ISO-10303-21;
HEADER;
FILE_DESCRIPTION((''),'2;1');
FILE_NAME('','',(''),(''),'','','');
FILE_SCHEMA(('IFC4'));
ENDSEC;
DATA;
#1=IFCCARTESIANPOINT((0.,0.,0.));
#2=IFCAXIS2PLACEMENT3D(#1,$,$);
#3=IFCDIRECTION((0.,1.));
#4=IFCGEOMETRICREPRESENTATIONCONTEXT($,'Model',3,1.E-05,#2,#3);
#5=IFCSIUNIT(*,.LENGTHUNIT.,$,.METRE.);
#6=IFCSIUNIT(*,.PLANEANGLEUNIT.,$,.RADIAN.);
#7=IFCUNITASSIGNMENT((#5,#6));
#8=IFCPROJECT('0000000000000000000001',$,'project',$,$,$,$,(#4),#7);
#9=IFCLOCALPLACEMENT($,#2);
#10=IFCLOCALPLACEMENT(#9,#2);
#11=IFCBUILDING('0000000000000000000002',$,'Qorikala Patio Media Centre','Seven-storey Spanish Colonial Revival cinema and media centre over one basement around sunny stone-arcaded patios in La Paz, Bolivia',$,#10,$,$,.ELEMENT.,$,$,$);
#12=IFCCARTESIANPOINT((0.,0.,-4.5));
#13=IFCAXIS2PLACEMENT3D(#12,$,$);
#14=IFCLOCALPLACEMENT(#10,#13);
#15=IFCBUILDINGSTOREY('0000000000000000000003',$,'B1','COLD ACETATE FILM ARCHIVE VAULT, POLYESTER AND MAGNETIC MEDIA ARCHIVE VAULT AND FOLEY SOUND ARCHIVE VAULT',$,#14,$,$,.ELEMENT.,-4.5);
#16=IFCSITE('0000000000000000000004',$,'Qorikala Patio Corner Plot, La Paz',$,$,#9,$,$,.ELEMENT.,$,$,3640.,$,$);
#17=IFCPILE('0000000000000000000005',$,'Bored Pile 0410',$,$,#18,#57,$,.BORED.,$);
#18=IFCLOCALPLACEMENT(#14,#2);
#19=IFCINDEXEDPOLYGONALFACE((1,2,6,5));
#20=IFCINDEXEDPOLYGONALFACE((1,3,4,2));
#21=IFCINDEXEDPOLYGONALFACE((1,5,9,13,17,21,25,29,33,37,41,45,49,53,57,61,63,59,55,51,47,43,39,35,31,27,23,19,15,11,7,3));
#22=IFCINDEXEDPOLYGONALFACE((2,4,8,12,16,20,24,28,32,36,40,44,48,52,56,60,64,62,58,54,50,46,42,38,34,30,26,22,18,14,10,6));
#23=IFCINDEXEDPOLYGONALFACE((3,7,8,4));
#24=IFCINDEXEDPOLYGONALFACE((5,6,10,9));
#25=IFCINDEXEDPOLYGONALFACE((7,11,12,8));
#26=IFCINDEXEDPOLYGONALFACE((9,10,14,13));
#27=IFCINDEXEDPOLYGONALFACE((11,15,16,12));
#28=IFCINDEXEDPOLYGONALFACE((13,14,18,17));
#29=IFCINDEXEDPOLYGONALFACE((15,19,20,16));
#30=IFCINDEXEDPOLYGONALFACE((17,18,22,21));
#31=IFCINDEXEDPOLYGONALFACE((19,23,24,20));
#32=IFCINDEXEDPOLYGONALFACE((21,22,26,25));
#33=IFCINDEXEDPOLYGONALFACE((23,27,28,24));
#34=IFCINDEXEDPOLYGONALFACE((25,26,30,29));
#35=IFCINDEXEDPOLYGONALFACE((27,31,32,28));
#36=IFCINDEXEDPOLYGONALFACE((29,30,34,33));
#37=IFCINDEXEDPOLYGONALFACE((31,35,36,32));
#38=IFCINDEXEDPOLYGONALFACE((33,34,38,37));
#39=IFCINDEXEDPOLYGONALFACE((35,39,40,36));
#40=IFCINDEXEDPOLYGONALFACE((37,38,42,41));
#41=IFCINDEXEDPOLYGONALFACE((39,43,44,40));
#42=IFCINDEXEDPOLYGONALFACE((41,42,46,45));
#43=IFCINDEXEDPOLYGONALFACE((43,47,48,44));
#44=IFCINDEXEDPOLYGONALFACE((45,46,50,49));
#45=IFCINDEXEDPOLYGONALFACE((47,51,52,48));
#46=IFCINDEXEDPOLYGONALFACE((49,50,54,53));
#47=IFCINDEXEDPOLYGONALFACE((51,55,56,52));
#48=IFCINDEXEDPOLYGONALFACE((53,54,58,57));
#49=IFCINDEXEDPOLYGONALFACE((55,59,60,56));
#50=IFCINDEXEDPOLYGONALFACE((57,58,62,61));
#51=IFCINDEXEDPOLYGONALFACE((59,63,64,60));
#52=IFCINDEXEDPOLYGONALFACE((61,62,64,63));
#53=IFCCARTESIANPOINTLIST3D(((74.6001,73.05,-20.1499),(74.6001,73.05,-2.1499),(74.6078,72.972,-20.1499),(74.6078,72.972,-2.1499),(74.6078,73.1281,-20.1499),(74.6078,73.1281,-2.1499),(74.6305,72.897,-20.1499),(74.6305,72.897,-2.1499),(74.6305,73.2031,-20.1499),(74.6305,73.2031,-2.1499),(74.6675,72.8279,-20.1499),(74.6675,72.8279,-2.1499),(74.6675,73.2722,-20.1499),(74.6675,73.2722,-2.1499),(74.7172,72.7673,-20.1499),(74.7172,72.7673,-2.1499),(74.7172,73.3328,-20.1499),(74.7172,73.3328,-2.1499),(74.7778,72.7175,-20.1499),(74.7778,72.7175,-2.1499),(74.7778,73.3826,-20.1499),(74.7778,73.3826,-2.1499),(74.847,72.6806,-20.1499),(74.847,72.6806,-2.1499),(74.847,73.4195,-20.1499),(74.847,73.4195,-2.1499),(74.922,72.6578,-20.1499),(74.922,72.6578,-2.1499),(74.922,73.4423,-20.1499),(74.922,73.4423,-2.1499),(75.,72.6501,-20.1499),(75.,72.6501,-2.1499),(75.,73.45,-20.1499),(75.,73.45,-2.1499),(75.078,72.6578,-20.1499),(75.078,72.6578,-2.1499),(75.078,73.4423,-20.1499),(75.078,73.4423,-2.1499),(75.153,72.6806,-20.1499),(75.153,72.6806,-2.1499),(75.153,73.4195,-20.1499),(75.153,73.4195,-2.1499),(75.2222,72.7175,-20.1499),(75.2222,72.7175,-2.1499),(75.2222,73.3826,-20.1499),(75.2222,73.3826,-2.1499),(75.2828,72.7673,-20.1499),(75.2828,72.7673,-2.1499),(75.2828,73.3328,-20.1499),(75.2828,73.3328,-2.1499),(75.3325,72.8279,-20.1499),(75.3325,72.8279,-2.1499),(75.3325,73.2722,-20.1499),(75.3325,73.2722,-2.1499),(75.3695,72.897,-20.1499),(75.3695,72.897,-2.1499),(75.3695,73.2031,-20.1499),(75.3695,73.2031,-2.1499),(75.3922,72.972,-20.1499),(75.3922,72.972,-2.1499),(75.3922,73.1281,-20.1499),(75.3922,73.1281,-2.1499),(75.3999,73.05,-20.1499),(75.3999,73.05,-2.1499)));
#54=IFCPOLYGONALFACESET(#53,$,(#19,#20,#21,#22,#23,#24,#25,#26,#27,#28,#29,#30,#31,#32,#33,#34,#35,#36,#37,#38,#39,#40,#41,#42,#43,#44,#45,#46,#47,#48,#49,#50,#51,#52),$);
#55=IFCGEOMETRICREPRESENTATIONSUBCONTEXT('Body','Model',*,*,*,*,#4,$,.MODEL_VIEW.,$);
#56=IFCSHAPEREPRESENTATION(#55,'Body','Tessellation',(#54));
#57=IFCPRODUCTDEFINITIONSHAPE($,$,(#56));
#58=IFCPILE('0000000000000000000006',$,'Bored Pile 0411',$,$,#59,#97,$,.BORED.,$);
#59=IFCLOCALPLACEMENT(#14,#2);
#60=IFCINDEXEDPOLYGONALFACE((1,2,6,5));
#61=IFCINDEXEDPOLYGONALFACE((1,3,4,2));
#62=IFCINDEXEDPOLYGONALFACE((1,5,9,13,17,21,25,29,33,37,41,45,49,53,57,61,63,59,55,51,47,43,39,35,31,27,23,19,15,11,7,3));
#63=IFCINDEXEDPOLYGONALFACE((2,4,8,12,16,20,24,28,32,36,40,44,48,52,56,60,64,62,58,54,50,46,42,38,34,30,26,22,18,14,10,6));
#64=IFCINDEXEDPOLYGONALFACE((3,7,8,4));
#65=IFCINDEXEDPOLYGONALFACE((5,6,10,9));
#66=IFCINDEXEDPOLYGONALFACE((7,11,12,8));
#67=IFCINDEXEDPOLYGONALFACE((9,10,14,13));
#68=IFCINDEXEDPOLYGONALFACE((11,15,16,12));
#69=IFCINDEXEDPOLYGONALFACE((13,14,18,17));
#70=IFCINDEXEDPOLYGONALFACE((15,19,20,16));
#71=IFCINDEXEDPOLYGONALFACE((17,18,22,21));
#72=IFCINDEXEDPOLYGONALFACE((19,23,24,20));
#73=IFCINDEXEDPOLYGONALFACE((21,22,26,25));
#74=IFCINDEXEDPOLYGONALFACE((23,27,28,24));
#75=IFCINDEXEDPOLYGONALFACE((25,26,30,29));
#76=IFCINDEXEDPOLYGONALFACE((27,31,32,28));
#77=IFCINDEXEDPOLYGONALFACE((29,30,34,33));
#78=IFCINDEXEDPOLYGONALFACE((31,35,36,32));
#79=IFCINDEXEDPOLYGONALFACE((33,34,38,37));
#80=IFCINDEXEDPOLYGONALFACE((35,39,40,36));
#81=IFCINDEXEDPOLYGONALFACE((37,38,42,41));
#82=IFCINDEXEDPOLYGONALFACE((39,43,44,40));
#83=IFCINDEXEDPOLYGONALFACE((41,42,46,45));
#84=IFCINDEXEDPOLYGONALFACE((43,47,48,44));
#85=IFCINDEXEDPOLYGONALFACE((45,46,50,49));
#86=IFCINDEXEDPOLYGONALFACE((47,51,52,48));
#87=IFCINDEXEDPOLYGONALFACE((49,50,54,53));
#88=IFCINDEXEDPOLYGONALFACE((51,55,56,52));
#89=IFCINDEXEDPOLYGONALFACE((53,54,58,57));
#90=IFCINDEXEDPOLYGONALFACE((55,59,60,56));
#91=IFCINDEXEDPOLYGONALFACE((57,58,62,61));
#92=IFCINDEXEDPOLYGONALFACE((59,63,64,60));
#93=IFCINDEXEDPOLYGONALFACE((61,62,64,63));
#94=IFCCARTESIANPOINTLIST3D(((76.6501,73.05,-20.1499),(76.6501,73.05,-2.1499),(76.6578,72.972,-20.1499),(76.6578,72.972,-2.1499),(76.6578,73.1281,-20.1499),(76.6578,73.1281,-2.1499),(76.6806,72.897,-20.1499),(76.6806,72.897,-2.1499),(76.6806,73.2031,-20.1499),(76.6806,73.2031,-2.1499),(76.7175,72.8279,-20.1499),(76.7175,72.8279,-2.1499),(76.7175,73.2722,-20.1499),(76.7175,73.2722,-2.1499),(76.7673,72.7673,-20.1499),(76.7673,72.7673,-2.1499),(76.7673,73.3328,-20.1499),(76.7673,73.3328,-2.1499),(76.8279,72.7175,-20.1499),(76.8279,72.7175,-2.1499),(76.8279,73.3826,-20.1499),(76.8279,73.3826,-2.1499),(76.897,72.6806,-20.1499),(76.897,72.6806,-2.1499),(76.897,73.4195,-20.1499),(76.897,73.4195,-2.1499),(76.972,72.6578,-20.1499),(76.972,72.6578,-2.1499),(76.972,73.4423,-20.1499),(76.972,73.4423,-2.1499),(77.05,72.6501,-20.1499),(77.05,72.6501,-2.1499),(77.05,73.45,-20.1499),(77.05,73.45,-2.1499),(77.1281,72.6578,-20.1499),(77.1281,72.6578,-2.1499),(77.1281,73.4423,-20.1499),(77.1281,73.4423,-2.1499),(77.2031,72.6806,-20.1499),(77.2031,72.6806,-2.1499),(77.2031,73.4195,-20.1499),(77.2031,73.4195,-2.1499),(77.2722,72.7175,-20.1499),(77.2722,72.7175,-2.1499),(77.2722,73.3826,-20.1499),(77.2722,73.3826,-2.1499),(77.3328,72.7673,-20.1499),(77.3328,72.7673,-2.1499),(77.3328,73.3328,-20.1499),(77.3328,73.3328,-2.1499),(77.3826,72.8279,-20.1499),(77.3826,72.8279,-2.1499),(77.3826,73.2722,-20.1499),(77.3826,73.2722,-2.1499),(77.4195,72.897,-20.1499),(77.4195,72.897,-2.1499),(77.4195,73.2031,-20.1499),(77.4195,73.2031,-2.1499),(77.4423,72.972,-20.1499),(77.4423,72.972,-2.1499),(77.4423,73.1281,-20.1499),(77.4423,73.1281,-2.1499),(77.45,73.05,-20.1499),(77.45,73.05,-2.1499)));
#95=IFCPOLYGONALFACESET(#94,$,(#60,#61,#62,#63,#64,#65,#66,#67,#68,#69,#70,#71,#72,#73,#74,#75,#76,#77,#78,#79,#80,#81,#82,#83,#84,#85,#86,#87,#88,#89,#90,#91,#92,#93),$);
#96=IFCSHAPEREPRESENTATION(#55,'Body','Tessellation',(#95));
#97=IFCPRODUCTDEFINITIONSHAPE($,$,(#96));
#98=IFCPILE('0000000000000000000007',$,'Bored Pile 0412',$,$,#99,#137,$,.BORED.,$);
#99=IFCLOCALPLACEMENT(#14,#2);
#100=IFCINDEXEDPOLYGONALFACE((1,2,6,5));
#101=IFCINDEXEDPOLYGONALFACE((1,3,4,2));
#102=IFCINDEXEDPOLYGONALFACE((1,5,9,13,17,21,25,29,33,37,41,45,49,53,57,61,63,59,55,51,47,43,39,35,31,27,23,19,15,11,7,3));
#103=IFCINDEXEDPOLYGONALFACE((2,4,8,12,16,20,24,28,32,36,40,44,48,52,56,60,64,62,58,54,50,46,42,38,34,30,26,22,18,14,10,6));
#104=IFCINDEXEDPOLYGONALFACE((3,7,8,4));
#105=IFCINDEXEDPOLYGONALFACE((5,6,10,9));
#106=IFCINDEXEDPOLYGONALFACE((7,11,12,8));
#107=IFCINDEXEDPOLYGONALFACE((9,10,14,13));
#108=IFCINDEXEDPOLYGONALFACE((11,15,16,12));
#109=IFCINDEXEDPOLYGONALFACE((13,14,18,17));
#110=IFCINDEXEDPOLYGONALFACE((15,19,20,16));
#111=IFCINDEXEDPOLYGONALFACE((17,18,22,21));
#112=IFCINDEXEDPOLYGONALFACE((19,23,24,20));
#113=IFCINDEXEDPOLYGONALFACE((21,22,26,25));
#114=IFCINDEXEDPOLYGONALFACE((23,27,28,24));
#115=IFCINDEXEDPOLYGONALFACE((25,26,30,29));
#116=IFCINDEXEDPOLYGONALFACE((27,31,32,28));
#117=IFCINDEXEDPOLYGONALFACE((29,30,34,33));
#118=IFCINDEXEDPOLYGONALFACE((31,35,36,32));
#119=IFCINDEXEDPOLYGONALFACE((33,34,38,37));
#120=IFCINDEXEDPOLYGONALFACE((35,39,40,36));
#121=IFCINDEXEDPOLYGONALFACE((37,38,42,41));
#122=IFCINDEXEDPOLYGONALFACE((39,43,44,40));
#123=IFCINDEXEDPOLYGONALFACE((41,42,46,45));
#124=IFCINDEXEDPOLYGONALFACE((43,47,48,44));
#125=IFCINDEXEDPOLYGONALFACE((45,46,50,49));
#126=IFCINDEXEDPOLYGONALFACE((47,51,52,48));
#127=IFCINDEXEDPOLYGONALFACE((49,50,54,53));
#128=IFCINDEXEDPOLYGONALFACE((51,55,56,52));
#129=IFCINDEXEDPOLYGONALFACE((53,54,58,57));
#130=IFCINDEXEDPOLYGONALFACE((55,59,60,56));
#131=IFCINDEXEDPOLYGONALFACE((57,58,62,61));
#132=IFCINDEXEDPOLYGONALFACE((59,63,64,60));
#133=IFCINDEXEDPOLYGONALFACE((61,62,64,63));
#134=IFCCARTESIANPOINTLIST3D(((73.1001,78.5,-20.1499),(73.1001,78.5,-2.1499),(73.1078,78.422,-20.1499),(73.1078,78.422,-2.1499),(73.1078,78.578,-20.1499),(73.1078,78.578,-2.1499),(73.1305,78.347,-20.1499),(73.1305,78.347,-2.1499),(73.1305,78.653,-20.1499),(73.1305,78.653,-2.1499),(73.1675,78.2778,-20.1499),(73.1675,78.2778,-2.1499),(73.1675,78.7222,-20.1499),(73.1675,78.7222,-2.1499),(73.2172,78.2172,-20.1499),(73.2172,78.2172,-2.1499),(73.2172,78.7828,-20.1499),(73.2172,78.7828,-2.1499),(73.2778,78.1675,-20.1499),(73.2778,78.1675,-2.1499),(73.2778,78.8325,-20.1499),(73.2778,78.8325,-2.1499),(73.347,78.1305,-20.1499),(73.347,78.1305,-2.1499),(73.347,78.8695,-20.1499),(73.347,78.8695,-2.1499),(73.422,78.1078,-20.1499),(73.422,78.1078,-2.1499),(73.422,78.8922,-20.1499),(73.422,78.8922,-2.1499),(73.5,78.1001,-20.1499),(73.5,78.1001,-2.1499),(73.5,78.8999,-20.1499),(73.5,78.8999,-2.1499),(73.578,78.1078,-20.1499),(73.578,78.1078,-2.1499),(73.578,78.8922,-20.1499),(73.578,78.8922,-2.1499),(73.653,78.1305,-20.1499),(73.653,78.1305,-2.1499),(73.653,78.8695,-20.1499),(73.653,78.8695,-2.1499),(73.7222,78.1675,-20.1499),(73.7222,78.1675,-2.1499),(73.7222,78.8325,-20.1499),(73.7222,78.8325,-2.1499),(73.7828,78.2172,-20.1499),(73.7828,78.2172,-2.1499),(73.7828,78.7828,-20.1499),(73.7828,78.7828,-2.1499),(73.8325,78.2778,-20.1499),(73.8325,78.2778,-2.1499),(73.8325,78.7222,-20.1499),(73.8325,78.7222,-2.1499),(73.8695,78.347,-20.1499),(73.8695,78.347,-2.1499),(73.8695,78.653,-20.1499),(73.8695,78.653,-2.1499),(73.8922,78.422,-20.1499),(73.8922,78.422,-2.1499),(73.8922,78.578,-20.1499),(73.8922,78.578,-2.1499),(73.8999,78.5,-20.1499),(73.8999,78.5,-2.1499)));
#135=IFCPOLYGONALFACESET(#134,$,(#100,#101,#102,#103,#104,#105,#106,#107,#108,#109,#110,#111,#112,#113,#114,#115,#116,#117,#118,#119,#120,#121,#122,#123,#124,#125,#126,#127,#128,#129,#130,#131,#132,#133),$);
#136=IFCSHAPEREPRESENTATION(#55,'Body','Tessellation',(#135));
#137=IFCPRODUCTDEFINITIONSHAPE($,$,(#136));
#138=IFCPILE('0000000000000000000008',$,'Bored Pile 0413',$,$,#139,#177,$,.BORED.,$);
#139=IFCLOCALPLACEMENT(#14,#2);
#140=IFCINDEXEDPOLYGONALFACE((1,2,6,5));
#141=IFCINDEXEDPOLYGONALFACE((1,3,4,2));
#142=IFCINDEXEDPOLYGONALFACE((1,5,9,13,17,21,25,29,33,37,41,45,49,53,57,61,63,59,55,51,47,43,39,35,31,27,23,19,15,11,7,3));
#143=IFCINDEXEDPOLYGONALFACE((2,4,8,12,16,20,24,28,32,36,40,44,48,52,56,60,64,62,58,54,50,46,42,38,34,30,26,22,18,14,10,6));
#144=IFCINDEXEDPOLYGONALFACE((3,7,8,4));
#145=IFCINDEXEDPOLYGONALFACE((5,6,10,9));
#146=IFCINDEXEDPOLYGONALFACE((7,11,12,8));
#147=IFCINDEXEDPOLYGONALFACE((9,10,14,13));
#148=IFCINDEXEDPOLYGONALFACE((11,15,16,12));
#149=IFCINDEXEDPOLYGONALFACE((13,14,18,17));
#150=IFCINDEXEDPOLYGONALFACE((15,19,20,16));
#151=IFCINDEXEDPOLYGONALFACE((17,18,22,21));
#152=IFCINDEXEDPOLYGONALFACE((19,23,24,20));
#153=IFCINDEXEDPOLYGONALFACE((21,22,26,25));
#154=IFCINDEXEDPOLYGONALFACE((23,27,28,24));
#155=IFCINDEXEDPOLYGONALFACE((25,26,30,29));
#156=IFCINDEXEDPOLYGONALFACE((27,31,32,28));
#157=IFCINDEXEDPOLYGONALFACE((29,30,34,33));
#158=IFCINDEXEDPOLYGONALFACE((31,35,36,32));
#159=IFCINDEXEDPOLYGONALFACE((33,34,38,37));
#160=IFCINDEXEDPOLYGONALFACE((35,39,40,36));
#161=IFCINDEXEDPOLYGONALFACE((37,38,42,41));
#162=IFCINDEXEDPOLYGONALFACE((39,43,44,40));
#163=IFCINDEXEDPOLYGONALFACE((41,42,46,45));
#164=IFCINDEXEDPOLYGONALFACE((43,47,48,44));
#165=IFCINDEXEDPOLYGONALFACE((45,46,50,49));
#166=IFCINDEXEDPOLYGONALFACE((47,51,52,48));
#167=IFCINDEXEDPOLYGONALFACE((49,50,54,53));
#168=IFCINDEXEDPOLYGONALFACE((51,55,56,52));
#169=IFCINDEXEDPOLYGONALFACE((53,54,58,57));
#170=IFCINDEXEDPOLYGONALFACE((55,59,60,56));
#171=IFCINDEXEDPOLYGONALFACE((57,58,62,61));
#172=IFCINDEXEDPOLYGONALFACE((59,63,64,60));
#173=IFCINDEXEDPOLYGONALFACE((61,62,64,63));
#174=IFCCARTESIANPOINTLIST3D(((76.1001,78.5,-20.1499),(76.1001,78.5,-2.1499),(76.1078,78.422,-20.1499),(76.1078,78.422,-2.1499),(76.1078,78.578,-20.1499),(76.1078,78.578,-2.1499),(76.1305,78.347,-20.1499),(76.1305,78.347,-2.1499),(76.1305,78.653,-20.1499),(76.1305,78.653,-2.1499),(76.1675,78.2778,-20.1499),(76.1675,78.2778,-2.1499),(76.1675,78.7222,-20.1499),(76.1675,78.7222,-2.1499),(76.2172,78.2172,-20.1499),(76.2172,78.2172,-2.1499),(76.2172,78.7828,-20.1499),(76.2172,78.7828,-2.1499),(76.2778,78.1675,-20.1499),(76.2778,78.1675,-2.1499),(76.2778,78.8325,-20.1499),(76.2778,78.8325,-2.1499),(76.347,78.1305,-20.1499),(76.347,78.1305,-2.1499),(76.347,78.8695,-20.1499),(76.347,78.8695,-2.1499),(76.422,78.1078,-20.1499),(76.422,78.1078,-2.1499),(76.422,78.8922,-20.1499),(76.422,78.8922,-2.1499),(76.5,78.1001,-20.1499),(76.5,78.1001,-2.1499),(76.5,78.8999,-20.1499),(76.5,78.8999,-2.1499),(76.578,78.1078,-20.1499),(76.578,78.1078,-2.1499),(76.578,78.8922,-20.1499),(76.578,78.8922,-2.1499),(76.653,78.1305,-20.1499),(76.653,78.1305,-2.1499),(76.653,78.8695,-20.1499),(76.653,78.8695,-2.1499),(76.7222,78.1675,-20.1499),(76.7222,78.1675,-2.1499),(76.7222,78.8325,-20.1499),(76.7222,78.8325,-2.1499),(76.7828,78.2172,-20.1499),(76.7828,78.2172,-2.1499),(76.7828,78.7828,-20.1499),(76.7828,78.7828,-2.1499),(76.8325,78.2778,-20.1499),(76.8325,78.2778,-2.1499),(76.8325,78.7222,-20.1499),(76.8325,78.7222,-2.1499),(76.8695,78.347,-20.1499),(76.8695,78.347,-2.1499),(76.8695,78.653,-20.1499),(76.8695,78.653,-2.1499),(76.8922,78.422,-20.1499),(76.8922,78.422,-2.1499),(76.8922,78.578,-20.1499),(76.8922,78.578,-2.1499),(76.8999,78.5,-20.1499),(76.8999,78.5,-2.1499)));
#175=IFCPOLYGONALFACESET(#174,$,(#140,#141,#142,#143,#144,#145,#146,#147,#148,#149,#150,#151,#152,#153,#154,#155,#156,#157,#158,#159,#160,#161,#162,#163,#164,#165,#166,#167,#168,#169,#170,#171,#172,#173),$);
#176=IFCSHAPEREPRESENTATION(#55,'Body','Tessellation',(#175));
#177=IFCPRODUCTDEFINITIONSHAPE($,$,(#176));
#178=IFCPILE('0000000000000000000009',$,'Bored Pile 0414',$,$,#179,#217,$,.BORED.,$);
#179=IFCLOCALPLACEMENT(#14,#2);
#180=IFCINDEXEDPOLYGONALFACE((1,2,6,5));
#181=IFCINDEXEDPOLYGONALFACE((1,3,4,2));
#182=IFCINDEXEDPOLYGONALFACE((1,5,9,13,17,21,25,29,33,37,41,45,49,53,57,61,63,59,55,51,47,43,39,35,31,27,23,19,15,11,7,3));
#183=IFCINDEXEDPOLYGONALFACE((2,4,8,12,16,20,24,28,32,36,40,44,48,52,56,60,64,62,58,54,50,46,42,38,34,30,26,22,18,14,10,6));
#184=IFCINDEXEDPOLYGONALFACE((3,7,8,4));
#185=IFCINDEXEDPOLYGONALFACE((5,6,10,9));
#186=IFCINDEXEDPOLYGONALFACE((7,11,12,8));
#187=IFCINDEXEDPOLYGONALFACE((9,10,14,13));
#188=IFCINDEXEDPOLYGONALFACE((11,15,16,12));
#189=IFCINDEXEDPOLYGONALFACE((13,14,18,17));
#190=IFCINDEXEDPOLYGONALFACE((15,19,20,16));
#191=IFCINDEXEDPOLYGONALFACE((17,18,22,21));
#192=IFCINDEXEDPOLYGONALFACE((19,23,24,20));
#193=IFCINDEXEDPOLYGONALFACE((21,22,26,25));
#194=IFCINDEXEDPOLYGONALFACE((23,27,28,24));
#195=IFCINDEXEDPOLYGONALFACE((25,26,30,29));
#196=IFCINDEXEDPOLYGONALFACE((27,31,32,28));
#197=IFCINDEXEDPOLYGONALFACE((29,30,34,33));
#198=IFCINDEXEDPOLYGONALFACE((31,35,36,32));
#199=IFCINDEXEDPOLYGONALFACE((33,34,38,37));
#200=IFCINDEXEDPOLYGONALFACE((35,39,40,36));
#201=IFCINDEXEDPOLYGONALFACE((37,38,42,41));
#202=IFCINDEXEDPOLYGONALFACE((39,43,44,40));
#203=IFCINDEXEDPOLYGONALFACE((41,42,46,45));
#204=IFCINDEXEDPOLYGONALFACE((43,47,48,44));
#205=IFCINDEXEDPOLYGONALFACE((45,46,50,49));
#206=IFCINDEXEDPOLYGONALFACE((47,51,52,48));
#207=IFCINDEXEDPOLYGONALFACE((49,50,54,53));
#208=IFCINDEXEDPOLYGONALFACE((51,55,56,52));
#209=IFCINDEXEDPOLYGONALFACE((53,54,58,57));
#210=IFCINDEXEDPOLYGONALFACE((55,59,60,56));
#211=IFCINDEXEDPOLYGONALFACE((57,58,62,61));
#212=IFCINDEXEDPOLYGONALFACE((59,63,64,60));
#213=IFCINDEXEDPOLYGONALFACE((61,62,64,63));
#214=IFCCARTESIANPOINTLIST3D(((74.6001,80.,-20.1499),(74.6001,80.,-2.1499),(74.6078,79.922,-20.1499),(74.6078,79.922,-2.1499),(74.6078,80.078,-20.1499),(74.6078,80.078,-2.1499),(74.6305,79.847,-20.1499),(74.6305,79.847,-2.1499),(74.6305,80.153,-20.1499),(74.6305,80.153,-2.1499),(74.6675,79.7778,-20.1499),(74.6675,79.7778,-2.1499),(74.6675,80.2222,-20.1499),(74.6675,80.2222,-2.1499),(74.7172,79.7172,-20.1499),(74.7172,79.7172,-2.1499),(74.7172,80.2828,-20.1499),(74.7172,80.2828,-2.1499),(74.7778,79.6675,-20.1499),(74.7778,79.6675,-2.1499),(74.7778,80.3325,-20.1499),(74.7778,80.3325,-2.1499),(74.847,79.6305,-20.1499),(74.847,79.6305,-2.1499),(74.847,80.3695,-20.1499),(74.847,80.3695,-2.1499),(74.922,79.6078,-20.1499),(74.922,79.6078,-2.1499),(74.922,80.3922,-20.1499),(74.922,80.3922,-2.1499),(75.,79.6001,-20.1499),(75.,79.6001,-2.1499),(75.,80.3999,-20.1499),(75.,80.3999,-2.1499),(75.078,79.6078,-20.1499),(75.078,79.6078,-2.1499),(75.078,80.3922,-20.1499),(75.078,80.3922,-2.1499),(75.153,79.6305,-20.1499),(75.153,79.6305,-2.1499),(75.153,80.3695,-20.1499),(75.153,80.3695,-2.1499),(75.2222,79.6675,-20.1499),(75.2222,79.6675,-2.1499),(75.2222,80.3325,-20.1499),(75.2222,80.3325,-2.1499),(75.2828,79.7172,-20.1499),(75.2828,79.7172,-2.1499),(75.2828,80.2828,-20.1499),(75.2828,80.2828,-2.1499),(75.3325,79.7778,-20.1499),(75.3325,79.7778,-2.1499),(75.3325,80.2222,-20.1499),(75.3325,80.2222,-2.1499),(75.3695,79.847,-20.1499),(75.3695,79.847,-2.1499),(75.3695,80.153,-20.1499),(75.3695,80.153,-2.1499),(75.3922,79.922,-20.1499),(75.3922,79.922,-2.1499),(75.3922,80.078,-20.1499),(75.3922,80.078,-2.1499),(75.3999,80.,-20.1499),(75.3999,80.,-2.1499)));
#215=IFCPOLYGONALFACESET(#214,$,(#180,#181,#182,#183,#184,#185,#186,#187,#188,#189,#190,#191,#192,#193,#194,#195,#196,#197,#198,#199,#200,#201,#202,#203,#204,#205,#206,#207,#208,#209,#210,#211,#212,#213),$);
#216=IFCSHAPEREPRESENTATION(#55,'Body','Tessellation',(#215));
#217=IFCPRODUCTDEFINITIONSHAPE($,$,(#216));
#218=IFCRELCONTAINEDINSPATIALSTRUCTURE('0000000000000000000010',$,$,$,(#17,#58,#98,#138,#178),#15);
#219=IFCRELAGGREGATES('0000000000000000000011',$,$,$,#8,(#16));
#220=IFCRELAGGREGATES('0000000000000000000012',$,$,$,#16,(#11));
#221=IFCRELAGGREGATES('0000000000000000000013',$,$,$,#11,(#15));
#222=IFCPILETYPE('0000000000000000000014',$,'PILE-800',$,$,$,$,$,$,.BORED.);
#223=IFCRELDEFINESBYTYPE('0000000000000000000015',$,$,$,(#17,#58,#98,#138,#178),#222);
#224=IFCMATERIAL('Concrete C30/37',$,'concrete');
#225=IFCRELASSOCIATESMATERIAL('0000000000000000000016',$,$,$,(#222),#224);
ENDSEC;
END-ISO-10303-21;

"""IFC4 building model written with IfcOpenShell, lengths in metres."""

from ifc_helpers import new_model, si_unit, direction, frame, origin, origin_2d, place, context, subcontext, project, spatial, circle, extrude, material, material_profile, profile_set, type_object, element, save


model = new_model("IFC4")

# Units and contexts
model_context = context("Model", 3, precision=1e-05, world=origin(), true_north=direction((0.0, 1.0)))
body_context = subcontext(model_context, "Body", "Model", "MODEL_VIEW")
ifc_project = project(units=[si_unit("LENGTHUNIT", "METRE"), si_unit("PLANEANGLEUNIT", "RADIAN")], contexts=[model_context])

# Site, building, storey
site_placement = place(None, origin())
site = spatial("IfcSite", under=ifc_project, at=site_placement, Name="Qorikala Patio Corner Plot, La Paz", CompositionType="ELEMENT", RefElevation=3640.0)
building_placement = place(site_placement, origin())
building = spatial("IfcBuilding", under=site, at=building_placement, Name="Qorikala Patio Media Centre", Description="Seven-storey Spanish Colonial Revival cinema and media centre over one basement around sunny stone-arcaded patios in La Paz, Bolivia", CompositionType="ELEMENT")
storey_placement = place(building_placement, frame((0.0, 0.0, -4.5)))
storey = spatial("IfcBuildingStorey", under=building, at=storey_placement, Name="B1", Description="COLD ACETATE FILM ARCHIVE VAULT, POLYESTER AND MAGNETIC MEDIA ARCHIVE VAULT AND FOLEY SOUND ARCHIVE VAULT", CompositionType="ELEMENT", Elevation=-4.5)

# Shared definitions
ifc_material_1 = material(Name="Concrete C30/37", Category="concrete")

# Piles
ifc_material_profile_1 = material_profile(ifc_material_1, circle(Radius=0.3999, at=origin_2d()), Name="BORED PILE 800")
ifc_profile_set_1 = profile_set([ifc_material_profile_1], Name="Concrete C30/37")
pile_type_1 = type_object("IfcPileType", Name="PILE-800", PredefinedType="BORED", material=ifc_profile_set_1)
for number, where, z_axis, x_axis, name in (
    (1, (75.0, 73.05, -2.1499), (0.0, 0.0, -1.0), (1.0, 0.0, 0.0), "Bored Pile 0410"),
    (2, (77.05, 73.05, -2.1499), (0.0, 0.0, -1.0), (1.0, 0.0, 0.0), "Bored Pile 0411"),
    (3, (73.5, 78.5, -2.1499), (0.0, 0.0, -1.0), (1.0, 0.0, 0.0), "Bored Pile 0412"),
    (4, (76.5, 78.5, -2.1499), (0.0, 0.0, -1.0), (1.0, 0.0, 0.0), "Bored Pile 0413"),
    (5, (75.0, 80.0, -2.1499), (0.0, 0.0, -1.0), (1.0, 0.0, 0.0), "Bored Pile 0414"),
):
    element("IfcPile", number, at=place(storey_placement, frame(where, z_axis=z_axis, x_axis=x_axis)), inside=storey, type_object=pile_type_1, Name=name, PredefinedType="BORED", context=body_context, shape_type="SweptSolid", body=[
        extrude(circle(Radius=0.3999, at=origin_2d()), origin(), (0.0, 0.0, 1.0), 18.0),
    ])

save(model, "model.ifc")
